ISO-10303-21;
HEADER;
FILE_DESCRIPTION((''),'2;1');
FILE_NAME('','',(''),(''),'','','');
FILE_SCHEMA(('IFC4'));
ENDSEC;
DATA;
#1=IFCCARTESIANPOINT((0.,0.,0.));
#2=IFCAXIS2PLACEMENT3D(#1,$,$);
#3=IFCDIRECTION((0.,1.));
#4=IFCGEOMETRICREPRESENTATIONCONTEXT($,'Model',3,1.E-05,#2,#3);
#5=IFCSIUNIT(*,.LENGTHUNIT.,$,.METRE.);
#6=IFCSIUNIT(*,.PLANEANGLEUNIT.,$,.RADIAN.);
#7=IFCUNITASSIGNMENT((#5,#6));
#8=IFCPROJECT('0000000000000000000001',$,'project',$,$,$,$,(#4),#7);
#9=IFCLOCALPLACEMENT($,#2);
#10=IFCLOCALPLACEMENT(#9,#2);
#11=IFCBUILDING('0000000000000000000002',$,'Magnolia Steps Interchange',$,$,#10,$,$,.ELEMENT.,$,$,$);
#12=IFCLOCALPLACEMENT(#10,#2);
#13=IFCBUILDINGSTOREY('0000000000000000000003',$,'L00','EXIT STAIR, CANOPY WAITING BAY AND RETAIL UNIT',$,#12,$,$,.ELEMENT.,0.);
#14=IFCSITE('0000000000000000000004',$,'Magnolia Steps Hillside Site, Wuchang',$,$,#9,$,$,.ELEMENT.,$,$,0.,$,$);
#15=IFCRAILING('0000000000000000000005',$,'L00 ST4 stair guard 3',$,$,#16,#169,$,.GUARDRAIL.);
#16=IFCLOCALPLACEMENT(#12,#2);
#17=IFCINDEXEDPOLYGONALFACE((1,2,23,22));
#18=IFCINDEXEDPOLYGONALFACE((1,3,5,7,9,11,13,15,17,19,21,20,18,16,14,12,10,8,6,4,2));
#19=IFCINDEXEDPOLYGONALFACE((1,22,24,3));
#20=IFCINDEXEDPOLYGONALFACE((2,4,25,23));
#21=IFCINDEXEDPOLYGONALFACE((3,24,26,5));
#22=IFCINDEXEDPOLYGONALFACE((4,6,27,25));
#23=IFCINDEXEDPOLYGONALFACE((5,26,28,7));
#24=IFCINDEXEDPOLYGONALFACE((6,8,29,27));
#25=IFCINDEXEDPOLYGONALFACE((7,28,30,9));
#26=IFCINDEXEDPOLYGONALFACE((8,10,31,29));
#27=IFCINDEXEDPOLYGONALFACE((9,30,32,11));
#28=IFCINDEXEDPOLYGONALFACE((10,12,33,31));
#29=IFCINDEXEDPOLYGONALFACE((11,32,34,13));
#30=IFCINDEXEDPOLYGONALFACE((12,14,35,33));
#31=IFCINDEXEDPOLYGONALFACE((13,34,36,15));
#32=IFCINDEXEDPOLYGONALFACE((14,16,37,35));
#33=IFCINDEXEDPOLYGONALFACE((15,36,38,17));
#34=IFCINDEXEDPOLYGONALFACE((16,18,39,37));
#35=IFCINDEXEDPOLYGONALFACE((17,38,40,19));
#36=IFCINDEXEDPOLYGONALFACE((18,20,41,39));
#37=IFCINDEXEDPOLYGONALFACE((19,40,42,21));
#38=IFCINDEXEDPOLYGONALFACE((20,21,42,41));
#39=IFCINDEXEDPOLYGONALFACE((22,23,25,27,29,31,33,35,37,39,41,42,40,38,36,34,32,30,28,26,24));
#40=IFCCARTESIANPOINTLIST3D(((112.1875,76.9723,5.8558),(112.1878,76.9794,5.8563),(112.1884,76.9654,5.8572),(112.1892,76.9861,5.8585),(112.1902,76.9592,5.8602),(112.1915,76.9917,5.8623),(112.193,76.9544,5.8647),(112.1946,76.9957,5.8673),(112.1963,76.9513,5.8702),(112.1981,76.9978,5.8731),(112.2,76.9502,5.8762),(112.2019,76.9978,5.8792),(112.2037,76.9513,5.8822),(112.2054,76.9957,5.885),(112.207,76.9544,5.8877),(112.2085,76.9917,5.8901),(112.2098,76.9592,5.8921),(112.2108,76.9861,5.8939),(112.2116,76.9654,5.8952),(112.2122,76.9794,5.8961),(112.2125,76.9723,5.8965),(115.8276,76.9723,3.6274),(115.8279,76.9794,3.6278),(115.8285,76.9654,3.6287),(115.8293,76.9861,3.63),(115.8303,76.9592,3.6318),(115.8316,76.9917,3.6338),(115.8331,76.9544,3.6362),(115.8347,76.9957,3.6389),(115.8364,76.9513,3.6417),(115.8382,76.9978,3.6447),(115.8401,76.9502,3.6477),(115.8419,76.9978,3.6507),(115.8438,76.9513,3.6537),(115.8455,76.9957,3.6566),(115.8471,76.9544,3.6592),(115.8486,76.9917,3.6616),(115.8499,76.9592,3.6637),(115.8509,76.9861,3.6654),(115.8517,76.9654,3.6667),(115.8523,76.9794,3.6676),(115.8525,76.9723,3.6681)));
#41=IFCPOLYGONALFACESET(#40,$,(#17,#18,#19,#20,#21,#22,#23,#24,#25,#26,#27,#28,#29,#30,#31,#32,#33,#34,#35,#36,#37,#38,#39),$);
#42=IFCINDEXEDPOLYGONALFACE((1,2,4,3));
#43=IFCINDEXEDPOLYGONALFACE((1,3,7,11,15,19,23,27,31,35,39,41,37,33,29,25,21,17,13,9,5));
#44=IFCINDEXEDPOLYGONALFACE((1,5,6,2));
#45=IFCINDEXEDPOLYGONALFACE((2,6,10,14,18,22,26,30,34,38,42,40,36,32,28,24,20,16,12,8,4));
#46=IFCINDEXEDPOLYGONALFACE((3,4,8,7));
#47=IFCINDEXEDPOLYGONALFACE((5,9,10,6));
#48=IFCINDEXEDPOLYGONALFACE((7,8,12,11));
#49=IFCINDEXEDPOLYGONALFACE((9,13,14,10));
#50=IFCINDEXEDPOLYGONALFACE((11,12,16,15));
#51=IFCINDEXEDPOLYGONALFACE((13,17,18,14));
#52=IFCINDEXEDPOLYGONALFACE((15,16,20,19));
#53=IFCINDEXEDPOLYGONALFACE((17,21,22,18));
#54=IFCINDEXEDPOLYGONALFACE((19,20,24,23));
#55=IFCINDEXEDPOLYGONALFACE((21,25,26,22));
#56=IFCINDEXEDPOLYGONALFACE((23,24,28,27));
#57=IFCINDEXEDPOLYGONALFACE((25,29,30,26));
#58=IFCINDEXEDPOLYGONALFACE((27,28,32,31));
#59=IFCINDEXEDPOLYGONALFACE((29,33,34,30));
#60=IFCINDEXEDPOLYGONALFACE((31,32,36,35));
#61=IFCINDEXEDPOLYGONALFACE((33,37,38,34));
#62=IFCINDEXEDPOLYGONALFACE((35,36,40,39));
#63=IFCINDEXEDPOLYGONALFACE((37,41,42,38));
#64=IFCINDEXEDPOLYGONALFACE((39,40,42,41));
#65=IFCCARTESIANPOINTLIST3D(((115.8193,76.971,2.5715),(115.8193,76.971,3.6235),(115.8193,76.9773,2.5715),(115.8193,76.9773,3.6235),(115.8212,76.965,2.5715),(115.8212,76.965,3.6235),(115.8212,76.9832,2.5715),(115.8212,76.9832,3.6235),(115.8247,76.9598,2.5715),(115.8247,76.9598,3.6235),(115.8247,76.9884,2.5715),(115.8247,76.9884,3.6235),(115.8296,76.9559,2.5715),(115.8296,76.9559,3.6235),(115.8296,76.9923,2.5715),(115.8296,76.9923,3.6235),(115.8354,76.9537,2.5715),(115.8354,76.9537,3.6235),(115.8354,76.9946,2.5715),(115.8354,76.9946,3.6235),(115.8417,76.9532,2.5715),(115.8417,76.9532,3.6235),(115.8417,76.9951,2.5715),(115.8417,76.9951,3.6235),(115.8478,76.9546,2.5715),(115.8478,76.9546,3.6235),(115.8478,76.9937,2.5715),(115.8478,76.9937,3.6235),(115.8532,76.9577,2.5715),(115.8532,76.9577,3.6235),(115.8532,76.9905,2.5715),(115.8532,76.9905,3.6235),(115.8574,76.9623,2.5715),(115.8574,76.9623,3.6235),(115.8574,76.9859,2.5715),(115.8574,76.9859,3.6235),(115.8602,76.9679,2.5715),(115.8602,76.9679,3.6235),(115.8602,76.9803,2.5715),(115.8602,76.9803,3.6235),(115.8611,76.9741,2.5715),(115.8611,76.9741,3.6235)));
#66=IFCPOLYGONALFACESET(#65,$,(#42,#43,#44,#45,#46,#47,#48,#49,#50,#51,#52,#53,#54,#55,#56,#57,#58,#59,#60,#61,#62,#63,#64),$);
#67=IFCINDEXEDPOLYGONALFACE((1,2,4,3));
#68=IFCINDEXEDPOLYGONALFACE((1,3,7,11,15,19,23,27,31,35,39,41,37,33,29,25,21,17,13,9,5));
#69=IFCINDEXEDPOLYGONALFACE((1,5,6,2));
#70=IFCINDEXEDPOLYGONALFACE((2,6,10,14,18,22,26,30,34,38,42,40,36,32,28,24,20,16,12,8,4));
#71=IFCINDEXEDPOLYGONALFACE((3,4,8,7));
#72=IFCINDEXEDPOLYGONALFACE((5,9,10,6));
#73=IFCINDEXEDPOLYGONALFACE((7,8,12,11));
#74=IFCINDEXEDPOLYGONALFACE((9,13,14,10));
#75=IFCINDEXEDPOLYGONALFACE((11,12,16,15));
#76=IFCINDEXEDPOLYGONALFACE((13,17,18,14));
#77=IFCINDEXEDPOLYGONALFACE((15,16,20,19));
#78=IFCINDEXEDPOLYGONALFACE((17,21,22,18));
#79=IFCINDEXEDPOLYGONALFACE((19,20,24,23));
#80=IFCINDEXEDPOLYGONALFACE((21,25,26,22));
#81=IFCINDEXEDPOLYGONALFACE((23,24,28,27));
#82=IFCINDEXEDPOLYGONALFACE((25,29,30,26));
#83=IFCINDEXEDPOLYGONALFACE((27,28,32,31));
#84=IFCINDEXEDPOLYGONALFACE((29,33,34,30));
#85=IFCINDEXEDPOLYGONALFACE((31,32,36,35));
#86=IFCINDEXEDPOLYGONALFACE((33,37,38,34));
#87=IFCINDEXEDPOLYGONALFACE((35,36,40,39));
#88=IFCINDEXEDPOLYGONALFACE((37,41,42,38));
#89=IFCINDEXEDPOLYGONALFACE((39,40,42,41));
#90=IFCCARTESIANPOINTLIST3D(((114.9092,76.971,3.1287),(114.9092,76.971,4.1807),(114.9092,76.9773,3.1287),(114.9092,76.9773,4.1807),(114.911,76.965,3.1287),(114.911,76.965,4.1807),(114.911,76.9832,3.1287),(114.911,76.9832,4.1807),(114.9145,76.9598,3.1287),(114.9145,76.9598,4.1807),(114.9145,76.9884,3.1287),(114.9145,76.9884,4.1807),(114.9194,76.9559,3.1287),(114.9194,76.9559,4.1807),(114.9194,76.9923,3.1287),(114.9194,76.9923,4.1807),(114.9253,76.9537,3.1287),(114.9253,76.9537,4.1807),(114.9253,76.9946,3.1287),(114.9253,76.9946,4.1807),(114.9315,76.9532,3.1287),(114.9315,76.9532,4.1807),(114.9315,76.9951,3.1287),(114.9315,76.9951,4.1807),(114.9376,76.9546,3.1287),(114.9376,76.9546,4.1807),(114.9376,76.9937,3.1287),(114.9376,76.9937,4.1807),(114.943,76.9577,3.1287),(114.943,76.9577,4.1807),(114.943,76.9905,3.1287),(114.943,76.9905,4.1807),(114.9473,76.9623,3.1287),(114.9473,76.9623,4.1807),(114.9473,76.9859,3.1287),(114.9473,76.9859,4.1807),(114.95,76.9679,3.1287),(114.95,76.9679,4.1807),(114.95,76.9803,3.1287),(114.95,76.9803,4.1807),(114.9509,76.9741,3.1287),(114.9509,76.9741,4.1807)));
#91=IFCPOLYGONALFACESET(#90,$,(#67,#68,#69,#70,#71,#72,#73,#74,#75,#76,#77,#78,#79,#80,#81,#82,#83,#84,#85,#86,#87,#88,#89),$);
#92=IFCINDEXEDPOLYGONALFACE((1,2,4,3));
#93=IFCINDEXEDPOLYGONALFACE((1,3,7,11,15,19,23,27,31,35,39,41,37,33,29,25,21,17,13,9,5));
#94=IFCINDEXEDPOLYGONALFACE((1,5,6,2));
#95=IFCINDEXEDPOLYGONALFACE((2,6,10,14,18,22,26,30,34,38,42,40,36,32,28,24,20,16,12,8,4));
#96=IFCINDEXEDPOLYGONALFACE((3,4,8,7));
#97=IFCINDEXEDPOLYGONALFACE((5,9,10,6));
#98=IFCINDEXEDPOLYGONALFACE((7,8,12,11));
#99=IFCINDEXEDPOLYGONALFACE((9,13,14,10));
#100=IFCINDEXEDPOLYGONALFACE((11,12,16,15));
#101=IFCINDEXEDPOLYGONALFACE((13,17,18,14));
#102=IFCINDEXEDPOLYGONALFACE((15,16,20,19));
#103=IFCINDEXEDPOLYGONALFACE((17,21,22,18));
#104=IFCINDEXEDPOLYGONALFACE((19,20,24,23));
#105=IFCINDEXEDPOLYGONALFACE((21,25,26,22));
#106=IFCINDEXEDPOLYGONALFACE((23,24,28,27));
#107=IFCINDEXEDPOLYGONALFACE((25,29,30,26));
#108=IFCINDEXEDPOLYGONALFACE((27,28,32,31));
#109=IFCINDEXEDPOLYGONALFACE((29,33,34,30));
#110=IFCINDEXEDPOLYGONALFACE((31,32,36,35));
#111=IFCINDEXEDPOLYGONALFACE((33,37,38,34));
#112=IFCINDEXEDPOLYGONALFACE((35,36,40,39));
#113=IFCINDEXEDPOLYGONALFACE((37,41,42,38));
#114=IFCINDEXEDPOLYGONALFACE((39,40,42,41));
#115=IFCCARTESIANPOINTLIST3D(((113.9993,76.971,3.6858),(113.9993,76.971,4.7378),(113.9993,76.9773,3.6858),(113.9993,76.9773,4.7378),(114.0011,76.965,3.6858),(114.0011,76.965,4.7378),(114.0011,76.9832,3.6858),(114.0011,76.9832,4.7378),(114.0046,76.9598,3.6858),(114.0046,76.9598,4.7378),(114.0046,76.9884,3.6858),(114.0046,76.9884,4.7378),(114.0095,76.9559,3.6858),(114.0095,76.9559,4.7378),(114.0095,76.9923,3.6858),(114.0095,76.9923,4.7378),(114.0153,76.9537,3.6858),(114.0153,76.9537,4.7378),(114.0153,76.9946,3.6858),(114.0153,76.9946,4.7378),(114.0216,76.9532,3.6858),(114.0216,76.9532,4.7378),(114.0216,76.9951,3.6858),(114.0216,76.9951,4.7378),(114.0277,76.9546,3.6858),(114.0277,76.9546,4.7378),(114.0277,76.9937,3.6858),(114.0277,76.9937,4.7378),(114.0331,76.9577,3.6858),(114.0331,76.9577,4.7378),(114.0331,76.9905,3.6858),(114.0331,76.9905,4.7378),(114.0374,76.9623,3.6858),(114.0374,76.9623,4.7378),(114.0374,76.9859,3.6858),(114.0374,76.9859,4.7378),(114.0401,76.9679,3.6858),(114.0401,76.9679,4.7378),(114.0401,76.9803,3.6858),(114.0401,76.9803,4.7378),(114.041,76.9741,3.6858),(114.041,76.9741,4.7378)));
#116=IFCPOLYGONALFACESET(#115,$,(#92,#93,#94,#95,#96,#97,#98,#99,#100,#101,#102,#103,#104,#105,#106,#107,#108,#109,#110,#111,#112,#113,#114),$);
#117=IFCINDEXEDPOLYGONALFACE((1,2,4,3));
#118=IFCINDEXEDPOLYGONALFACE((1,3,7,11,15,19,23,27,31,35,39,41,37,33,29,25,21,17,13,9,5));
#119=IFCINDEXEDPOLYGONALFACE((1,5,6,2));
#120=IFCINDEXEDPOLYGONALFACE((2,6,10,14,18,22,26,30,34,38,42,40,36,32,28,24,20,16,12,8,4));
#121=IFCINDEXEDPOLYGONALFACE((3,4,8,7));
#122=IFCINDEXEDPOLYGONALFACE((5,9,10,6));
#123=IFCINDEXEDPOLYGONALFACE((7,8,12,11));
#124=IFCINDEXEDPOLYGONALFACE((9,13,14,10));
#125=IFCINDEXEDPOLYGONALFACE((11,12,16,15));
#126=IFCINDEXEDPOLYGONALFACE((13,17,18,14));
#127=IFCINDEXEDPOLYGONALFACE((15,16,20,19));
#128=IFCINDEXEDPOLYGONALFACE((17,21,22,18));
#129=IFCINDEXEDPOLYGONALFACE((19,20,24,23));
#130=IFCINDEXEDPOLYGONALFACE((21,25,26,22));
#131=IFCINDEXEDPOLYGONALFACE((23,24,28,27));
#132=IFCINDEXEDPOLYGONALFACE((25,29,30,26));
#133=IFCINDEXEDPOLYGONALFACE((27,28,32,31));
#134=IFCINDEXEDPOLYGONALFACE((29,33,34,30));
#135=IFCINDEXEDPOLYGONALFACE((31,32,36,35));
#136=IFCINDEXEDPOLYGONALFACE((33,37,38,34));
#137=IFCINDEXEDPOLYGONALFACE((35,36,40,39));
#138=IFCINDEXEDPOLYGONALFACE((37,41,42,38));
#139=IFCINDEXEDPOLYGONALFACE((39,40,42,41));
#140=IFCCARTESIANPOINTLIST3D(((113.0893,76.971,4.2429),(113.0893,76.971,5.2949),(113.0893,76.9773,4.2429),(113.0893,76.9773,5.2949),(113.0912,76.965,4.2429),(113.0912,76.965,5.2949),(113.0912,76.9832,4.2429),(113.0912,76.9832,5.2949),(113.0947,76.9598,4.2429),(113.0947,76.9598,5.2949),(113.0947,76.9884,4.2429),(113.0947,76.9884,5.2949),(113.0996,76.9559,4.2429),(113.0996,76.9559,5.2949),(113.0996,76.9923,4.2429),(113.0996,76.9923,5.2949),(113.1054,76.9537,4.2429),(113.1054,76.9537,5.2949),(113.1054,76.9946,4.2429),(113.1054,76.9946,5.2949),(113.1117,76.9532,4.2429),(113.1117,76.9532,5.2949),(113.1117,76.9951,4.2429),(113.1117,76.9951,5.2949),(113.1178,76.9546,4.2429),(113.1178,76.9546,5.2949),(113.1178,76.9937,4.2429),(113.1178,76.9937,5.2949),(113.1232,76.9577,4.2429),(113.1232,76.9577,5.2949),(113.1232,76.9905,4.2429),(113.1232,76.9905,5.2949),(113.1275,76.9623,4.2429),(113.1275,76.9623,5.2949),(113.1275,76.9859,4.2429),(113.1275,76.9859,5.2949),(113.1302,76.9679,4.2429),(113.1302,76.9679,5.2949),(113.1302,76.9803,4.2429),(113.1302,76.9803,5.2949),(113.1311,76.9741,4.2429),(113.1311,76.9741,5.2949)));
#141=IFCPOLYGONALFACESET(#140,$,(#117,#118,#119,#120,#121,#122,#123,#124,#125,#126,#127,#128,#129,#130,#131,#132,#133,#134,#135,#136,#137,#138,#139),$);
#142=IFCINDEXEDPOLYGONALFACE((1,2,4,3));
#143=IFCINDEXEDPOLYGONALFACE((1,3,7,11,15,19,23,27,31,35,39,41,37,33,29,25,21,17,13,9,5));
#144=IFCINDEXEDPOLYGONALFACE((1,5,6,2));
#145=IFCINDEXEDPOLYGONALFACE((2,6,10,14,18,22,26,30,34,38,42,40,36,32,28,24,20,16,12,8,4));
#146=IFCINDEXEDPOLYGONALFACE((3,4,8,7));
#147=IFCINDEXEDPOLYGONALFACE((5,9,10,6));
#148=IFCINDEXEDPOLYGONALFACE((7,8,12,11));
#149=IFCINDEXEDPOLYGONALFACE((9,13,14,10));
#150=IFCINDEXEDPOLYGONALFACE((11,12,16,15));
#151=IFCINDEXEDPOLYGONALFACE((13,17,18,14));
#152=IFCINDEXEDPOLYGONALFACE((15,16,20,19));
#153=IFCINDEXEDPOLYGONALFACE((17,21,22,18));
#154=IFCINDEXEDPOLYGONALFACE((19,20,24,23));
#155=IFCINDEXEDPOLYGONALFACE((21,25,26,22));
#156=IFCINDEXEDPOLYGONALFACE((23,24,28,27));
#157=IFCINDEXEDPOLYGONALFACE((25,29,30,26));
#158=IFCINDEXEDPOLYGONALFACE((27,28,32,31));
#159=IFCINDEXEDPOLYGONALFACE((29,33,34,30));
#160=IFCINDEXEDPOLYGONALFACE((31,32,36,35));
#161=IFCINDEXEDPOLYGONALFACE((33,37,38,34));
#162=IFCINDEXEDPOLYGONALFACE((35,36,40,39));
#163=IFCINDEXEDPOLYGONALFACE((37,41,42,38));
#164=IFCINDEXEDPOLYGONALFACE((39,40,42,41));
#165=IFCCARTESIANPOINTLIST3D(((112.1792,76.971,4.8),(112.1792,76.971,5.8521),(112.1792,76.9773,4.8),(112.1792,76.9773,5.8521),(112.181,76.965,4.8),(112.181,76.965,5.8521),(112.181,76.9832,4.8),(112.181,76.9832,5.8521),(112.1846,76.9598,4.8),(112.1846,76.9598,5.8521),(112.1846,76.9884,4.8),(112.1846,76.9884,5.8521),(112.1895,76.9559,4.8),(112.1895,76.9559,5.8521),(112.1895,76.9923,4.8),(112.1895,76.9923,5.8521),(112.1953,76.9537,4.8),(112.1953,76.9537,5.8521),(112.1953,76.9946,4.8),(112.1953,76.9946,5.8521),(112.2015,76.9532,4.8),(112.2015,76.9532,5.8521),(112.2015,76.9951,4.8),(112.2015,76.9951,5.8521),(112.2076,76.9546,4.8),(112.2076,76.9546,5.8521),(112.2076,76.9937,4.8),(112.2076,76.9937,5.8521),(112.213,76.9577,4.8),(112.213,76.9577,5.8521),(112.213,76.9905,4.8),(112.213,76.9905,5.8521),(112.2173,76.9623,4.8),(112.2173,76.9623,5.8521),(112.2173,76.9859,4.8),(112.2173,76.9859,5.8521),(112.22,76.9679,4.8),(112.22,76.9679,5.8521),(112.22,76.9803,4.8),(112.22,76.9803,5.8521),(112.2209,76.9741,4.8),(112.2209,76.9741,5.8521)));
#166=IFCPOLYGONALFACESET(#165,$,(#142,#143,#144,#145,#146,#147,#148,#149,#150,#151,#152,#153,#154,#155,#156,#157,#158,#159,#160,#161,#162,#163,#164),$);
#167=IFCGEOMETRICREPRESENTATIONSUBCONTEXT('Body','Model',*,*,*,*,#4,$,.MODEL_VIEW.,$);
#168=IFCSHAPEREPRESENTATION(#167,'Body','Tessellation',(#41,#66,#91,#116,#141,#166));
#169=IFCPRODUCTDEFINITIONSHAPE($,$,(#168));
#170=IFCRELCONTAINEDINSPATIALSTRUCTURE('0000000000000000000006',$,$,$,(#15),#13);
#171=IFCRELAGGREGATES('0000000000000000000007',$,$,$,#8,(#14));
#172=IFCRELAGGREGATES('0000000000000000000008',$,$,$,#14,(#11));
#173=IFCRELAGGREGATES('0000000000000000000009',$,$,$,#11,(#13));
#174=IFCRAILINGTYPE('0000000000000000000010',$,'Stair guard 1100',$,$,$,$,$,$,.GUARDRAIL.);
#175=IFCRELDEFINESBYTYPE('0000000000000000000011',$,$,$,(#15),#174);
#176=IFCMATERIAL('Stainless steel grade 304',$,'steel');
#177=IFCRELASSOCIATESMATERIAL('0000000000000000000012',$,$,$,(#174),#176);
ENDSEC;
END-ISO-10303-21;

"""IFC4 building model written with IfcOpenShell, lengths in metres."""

from ifc_helpers import new_model, si_unit, direction, frame, origin, origin_2d, place, context, subcontext, project, spatial, circle, extrude, material, type_object, element, save


model = new_model("IFC4")

# Units and contexts
model_context = context("Model", 3, precision=1e-05, world=origin(), true_north=direction((0.0, 1.0)))
body_context = subcontext(model_context, "Body", "Model", "MODEL_VIEW")
ifc_project = project(units=[si_unit("LENGTHUNIT", "METRE"), si_unit("PLANEANGLEUNIT", "RADIAN")], contexts=[model_context])

# Site, building, storey
site_placement = place(None, origin())
site = spatial("IfcSite", under=ifc_project, at=site_placement, Name="Magnolia Steps Hillside Site, Wuchang", CompositionType="ELEMENT", RefElevation=0.0)
building_placement = place(site_placement, origin())
building = spatial("IfcBuilding", under=site, at=building_placement, Name="Magnolia Steps Interchange", CompositionType="ELEMENT")
storey_placement = place(building_placement, origin())
storey = spatial("IfcBuildingStorey", under=building, at=storey_placement, Name="L00", Description="EXIT STAIR, CANOPY WAITING BAY AND RETAIL UNIT", CompositionType="ELEMENT", Elevation=0.0)

# Railing
ifc_material_1 = material(Name="Stainless steel grade 304", Category="steel")
railing_type_1 = type_object("IfcRailingType", Name="Stair guard 1100", PredefinedType="GUARDRAIL", material=ifc_material_1)
railing_1_placement = place(storey_placement, frame((115.8401, 76.9741, 2.5715)))
element("IfcRailing", 1, at=railing_1_placement, inside=storey, type_object=railing_type_1, Name="L00 ST4 stair guard 3", PredefinedType="GUARDRAIL", context=body_context, shape_type="SweptSolid", body=[
    extrude(circle(Radius=0.0239, at=origin_2d()), frame((0.0, 0.0, 1.0762), z_axis=(-0.852866, 0.0, 0.52213), x_axis=(0.0, -1.0, 0.0)), (0.0, 0.0, 1.0), 4.2681),
    extrude(circle(Radius=0.021, at=origin_2d()), origin(), (0.0, 0.0, 1.0), 1.052),
    extrude(circle(Radius=0.021, at=origin_2d()), frame((-0.9102, 0.0, 0.5571)), (0.0, 0.0, 1.0), 1.052),
    extrude(circle(Radius=0.021, at=origin_2d()), frame((-1.8201, 0.0, 1.1143)), (0.0, 0.0, 1.0), 1.052),
    extrude(circle(Radius=0.021, at=origin_2d()), frame((-2.73, 0.0, 1.6714)), (0.0, 0.0, 1.0), 1.052),
    extrude(circle(Radius=0.021, at=origin_2d()), frame((-3.6401, 0.0, 2.2285)), (0.0, 0.0, 1.0), 1.052),
])

save(model, "model.ifc")
